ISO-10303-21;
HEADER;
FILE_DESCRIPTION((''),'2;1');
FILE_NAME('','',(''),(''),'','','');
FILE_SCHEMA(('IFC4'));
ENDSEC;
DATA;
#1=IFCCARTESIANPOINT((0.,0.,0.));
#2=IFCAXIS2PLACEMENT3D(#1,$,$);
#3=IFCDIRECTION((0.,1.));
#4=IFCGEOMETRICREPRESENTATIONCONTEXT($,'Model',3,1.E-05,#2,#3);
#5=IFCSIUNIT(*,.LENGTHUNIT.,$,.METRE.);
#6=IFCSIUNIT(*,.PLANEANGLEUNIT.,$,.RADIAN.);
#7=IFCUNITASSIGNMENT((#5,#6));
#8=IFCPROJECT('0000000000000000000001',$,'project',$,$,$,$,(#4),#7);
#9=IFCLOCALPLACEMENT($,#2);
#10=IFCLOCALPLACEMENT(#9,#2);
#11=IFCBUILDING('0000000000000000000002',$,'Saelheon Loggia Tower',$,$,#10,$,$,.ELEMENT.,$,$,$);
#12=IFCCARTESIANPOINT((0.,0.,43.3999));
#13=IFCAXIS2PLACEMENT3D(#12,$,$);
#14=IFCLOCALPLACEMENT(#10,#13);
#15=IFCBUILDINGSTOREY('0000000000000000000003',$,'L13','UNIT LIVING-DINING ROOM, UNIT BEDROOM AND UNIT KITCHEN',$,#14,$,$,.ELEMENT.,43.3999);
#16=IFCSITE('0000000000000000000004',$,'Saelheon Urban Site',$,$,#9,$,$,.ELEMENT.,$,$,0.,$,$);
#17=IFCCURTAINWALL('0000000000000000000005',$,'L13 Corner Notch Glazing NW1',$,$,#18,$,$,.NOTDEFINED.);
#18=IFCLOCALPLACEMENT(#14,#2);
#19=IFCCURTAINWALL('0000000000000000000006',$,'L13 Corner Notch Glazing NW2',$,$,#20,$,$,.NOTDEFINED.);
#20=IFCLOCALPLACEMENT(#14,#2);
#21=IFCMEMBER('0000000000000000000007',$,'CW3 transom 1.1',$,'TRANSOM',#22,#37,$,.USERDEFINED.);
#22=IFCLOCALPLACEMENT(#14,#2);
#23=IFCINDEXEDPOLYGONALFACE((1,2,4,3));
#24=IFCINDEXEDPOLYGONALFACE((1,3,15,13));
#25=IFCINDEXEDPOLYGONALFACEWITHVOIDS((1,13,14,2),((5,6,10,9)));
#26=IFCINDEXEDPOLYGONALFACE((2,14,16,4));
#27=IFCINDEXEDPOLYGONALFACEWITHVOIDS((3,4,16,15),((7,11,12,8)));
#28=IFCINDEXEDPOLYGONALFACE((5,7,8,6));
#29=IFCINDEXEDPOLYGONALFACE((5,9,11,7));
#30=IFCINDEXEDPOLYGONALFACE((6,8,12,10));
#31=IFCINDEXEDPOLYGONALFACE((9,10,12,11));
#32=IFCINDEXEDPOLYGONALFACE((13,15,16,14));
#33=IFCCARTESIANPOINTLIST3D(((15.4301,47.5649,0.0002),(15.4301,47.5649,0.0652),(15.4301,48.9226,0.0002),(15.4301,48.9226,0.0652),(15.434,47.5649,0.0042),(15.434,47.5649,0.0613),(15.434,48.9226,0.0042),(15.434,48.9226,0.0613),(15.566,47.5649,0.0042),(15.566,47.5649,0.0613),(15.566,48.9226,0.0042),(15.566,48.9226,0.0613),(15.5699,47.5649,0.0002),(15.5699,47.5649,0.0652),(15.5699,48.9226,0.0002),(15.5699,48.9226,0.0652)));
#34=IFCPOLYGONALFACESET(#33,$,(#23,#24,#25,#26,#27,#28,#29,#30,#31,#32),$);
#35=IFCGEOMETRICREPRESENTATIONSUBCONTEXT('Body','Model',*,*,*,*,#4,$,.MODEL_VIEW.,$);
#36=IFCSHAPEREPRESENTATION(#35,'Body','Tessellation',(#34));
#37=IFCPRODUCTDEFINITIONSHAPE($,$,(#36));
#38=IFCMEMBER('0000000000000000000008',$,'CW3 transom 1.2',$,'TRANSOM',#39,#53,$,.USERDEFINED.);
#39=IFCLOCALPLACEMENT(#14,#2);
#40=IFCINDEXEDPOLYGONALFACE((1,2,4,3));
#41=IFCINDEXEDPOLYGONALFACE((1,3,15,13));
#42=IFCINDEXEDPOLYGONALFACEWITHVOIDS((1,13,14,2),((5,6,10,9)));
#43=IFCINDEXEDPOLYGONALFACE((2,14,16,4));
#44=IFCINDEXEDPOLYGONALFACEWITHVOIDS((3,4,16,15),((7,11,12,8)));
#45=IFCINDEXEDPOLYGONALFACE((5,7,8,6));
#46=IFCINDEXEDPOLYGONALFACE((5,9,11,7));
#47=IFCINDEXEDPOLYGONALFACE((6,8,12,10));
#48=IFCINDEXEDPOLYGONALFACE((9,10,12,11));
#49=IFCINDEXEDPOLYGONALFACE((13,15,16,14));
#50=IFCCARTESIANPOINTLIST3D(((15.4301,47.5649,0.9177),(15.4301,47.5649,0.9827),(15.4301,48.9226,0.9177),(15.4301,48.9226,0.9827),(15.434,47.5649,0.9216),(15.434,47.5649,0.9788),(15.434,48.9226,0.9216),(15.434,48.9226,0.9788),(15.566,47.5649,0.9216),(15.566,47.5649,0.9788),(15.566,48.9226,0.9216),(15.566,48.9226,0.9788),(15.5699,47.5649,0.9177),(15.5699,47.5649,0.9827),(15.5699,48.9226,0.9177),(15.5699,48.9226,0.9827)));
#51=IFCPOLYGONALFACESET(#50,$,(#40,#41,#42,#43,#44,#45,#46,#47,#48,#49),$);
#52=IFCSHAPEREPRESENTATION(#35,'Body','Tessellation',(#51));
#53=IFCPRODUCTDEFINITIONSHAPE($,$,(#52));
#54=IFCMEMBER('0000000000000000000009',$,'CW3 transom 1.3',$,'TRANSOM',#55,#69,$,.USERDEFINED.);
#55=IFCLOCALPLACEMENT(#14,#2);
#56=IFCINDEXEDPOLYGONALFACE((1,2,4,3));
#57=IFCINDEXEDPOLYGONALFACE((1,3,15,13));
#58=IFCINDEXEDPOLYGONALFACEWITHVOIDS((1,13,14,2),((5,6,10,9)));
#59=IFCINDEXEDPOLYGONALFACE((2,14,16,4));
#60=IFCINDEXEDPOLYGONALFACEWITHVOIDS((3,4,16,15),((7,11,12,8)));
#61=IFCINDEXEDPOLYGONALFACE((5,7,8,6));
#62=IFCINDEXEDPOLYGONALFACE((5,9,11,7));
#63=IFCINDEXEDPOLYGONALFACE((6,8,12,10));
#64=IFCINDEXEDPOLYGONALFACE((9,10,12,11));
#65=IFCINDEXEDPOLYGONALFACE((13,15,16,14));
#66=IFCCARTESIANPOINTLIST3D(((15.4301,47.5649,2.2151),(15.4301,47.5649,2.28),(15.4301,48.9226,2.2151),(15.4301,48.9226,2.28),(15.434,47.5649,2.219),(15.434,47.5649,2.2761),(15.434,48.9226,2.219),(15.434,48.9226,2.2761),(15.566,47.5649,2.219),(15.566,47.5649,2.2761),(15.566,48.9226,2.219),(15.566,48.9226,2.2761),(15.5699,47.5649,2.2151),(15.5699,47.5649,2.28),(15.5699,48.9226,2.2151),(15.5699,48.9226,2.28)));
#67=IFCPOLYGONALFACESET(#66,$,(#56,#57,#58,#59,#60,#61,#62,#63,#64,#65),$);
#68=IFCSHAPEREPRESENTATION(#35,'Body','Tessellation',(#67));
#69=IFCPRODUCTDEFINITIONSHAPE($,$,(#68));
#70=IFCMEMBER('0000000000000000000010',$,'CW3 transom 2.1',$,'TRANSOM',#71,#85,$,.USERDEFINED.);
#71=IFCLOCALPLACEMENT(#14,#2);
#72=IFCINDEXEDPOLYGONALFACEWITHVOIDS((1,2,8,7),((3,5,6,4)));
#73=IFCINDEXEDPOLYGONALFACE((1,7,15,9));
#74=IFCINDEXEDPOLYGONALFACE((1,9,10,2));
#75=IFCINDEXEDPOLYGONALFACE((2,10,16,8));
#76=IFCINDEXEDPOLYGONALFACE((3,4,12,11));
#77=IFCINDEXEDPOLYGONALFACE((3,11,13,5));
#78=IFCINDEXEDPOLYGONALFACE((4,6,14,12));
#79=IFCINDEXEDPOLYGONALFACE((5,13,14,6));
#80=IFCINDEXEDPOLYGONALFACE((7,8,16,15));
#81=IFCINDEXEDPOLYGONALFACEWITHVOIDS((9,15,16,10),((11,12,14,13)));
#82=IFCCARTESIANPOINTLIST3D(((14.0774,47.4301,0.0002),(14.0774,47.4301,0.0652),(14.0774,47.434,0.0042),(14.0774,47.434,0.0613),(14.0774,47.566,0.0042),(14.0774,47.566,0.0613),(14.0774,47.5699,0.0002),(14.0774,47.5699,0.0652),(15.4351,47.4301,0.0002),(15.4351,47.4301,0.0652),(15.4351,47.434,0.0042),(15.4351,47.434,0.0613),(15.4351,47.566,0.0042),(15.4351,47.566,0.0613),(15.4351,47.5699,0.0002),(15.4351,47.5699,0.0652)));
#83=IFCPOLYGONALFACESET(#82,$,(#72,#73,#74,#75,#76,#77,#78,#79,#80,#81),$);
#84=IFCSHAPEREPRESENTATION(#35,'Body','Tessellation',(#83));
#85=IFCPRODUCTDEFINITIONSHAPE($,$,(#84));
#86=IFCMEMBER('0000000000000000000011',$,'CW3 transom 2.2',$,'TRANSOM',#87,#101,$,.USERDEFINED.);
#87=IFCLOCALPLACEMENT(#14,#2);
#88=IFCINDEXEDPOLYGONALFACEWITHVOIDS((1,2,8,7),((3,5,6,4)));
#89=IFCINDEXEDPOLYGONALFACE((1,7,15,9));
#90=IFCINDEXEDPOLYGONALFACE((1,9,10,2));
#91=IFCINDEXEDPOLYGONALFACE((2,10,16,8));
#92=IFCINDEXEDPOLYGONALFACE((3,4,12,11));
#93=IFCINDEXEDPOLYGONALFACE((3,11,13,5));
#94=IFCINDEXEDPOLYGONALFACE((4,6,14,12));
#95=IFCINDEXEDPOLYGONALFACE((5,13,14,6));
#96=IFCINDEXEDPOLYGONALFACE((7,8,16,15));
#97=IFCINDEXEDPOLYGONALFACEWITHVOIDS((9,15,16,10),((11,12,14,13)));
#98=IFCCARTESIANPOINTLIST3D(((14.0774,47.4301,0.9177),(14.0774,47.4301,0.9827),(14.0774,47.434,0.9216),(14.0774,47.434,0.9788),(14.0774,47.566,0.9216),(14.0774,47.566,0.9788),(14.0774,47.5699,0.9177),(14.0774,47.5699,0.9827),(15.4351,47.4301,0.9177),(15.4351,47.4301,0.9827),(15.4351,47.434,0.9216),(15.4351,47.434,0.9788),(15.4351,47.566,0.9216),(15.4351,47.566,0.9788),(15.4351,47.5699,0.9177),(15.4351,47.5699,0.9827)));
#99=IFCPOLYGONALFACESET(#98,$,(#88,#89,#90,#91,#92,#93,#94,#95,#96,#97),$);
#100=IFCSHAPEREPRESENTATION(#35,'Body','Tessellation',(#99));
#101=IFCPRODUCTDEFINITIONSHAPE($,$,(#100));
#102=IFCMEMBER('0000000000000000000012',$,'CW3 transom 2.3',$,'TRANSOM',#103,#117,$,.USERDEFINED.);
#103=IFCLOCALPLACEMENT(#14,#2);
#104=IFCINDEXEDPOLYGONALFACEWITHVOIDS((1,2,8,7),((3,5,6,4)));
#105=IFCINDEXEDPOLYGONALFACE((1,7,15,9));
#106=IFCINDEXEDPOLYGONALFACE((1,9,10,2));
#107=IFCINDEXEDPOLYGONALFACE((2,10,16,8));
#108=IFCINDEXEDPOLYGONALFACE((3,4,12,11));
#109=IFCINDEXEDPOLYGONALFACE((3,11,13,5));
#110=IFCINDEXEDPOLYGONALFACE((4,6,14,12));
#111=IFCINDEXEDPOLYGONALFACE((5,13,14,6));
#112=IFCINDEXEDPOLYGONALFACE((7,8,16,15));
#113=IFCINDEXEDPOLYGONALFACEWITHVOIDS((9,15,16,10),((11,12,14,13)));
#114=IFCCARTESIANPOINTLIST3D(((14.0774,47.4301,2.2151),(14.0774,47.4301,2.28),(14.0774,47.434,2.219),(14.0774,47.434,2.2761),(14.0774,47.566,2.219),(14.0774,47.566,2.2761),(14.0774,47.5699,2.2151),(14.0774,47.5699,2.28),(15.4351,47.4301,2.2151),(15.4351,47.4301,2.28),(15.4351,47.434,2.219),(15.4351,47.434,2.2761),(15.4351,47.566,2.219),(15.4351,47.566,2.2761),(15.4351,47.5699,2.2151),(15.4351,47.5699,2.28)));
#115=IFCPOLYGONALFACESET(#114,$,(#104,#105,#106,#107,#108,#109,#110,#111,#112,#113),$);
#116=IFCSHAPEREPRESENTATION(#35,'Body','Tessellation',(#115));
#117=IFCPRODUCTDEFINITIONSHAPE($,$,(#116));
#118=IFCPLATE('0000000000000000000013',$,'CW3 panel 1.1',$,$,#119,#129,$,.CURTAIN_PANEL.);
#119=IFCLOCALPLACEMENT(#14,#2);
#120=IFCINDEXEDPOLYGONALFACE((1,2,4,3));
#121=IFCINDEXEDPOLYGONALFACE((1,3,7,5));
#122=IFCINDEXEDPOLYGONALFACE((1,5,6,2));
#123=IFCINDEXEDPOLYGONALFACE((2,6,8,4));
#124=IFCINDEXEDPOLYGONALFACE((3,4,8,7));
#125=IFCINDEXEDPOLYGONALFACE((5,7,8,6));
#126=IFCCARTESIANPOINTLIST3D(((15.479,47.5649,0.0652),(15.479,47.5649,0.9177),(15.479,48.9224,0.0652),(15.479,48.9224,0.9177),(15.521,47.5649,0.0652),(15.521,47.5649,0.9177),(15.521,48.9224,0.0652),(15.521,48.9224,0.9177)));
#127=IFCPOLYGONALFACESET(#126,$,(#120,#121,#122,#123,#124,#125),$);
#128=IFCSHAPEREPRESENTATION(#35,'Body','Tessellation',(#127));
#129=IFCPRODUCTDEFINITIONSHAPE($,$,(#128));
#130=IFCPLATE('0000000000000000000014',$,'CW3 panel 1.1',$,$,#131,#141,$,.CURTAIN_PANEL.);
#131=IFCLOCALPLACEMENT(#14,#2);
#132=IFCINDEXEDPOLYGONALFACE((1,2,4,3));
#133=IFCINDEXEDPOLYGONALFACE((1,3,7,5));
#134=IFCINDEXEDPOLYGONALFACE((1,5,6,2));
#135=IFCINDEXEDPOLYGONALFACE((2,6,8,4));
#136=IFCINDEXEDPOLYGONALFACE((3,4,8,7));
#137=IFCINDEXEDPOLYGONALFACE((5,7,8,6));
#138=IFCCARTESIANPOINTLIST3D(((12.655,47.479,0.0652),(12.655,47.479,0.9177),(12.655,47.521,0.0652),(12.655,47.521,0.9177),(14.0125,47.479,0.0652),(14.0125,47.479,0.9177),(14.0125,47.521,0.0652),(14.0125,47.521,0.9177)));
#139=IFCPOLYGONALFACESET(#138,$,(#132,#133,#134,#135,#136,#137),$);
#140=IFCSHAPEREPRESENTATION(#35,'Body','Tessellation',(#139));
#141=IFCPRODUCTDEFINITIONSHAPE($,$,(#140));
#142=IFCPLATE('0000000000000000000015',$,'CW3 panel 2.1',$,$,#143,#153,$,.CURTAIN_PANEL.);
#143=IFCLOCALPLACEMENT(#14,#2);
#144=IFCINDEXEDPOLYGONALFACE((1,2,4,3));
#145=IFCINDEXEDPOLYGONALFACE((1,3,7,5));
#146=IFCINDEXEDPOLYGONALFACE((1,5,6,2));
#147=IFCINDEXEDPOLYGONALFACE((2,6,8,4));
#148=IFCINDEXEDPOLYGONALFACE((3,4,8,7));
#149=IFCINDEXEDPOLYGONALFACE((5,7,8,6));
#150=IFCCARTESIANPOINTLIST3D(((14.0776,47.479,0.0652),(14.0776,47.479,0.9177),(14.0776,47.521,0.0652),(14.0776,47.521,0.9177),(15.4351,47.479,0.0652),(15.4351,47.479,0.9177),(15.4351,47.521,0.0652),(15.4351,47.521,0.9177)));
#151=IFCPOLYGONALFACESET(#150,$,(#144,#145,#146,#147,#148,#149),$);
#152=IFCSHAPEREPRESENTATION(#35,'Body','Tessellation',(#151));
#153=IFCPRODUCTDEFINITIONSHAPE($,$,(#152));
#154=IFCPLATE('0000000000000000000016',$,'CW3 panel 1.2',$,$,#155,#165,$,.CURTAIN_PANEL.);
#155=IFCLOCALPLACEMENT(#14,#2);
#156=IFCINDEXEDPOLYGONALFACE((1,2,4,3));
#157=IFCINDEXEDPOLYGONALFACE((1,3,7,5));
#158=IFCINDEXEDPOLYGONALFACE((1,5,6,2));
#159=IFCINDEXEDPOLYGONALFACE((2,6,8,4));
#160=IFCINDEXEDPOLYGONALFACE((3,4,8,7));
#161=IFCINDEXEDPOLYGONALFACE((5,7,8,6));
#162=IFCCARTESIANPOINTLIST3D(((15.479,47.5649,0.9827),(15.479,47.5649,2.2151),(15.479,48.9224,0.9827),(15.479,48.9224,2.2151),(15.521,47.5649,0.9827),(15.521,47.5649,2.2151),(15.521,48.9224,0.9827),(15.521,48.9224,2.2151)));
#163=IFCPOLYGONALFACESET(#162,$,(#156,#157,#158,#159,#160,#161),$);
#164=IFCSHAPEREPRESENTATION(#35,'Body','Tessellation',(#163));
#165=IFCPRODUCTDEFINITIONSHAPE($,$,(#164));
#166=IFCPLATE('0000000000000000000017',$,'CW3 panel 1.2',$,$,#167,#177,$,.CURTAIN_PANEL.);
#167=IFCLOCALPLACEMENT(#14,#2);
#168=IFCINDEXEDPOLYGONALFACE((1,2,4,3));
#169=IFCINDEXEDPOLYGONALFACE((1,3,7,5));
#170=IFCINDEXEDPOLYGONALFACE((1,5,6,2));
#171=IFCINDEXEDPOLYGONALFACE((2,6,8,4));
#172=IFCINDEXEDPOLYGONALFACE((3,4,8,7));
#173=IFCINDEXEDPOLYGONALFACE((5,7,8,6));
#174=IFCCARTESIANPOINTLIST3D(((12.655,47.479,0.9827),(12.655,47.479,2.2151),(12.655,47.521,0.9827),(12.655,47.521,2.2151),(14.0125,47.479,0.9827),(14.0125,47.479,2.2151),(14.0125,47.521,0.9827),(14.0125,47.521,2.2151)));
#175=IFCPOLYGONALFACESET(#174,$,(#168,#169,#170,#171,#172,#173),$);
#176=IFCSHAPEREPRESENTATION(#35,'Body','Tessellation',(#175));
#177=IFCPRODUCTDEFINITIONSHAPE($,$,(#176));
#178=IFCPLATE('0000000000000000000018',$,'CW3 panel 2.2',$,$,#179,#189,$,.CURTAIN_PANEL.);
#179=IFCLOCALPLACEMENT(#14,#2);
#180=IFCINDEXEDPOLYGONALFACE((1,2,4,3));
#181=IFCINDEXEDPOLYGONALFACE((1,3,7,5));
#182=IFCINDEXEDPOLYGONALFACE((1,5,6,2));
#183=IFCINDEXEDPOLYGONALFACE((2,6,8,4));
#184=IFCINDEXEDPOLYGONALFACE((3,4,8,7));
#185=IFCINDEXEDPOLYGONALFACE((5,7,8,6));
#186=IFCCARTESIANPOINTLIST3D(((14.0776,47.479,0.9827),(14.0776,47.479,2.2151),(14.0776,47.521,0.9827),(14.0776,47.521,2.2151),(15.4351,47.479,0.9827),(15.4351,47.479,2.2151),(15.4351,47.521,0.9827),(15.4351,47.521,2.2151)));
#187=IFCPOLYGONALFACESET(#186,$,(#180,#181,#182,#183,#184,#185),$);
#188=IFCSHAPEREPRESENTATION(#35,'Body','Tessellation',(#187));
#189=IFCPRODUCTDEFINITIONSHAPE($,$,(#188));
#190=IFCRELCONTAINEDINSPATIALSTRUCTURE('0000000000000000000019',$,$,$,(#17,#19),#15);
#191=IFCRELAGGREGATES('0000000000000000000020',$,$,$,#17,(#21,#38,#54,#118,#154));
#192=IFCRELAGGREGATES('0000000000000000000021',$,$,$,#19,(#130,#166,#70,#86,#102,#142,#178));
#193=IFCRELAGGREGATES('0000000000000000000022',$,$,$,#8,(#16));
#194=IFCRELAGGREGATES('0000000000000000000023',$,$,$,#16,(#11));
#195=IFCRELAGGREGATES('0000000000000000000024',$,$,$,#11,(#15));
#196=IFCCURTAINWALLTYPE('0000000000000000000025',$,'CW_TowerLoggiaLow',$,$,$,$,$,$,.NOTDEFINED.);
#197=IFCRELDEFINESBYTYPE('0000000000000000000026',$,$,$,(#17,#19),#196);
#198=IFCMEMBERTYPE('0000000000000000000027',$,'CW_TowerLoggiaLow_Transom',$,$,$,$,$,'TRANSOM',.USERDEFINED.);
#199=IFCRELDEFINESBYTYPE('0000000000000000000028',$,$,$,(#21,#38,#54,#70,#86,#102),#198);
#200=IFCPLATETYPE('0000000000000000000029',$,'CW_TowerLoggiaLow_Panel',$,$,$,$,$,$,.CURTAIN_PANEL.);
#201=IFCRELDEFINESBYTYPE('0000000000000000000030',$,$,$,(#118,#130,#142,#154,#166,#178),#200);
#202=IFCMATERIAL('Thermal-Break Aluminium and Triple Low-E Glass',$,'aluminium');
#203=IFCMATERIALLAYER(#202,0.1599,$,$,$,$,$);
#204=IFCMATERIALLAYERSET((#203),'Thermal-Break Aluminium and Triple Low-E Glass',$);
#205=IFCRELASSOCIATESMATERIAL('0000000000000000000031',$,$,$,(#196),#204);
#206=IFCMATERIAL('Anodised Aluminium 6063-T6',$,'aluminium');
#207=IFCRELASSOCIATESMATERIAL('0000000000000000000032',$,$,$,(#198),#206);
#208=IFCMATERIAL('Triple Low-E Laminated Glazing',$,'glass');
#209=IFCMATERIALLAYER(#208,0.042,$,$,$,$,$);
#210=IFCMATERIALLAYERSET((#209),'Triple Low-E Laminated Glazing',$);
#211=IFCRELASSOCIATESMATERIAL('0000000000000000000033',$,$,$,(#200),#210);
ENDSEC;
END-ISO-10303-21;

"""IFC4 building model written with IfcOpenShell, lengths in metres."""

from ifc_helpers import new_model, si_unit, direction, frame, origin, origin_2d, place, context, subcontext, project, spatial, rectangle, hollow_rectangle, extrude, source, transform, mapped, material, layer, layer_set, material_profile, profile_set, type_object, element, aggregate, save


model = new_model("IFC4")

# Units and contexts
model_context = context("Model", 3, precision=1e-05, world=origin(), true_north=direction((0.0, 1.0)))
body_context = subcontext(model_context, "Body", "Model", "MODEL_VIEW")
ifc_project = project(units=[si_unit("LENGTHUNIT", "METRE"), si_unit("PLANEANGLEUNIT", "RADIAN")], contexts=[model_context])

# Site, building, storey
site_placement = place(None, origin())
site = spatial("IfcSite", under=ifc_project, at=site_placement, Name="Saelheon Urban Site", CompositionType="ELEMENT", RefElevation=0.0)
building_placement = place(site_placement, origin())
building = spatial("IfcBuilding", under=site, at=building_placement, Name="Saelheon Loggia Tower", CompositionType="ELEMENT")
storey_placement = place(building_placement, frame((0.0, 0.0, 43.3999)))
storey = spatial("IfcBuildingStorey", under=building, at=storey_placement, Name="L13", Description="UNIT LIVING-DINING ROOM, UNIT BEDROOM AND UNIT KITCHEN", CompositionType="ELEMENT", Elevation=43.3999)

# Curtain walls
ifc_material_1 = material(Name="Thermal-Break Aluminium and Triple Low-E Glass", Category="aluminium")
ifc_layer_1 = layer(ifc_material_1, 0.1599)
ifc_layer_set_1 = layer_set([ifc_layer_1], Name="Thermal-Break Aluminium and Triple Low-E Glass")
curtain_wall_type = type_object("IfcCurtainWallType", Name="CW_TowerLoggiaLow", PredefinedType="NOTDEFINED", material=ifc_layer_set_1)
curtain_wall_1_placement = place(storey_placement, origin())
curtain_wall_1 = element("IfcCurtainWall", 1, at=curtain_wall_1_placement, inside=storey, type_object=curtain_wall_type, Name="L13 Corner Notch Glazing NW1", PredefinedType="NOTDEFINED")
ifc_material_2 = material(Name="Anodised Aluminium 6063-T6", Category="aluminium")
curtain_wall_2_placement = place(storey_placement, origin())
curtain_wall_2 = element("IfcCurtainWall", 2, at=curtain_wall_2_placement, inside=storey, type_object=curtain_wall_type, Name="L13 Corner Notch Glazing NW2", PredefinedType="NOTDEFINED")

# Members
ifc_material_profile_1 = material_profile(ifc_material_2, hollow_rectangle(XDim=0.0649, YDim=0.1399, WallThickness=0.0039, at=origin_2d()), Name="RHS-140x65x4")
ifc_profile_set_1 = profile_set([ifc_material_profile_1], Name="Anodised Aluminium 6063-T6")
member_type_1 = type_object("IfcMemberType", Name="CW_TowerLoggiaLow_Transom", ElementType="TRANSOM", PredefinedType="USERDEFINED", material=ifc_profile_set_1)
shared_shape_1 = source(origin(), body_context, "Body", "SweptSolid", [
    extrude(hollow_rectangle(XDim=0.0649, YDim=0.1399, WallThickness=0.0039, at=origin_2d()), origin(), (0.0, 0.0, 1.0), 1.3577),
])
member_1_placement = place(storey_placement, frame((15.5, 47.5649, 0.0327), z_axis=(0.0, 1.0, 0.0), x_axis=(0.0, 0.0, 1.0)))
member_1 = element("IfcMember", 3, at=member_1_placement, type_object=member_type_1, Name="CW3 transom 1.1", ObjectType="TRANSOM", PredefinedType="USERDEFINED", context=body_context, shape_type="MappedRepresentation", body=[
    mapped(shared_shape_1, transform((0.0, 0.0, 0.0), scale=1.0)),
])
member_2_placement = place(storey_placement, frame((15.5, 47.5649, 0.9502), z_axis=(0.0, 1.0, 0.0), x_axis=(0.0, 0.0, 1.0)))
member_2 = element("IfcMember", 4, at=member_2_placement, type_object=member_type_1, Name="CW3 transom 1.2", ObjectType="TRANSOM", PredefinedType="USERDEFINED", context=body_context, shape_type="MappedRepresentation", body=[
    mapped(shared_shape_1, transform((0.0, 0.0, 0.0), scale=1.0)),
])
member_3_placement = place(storey_placement, frame((15.5, 47.5649, 2.2476), z_axis=(0.0, 1.0, 0.0), x_axis=(0.0, 0.0, 1.0)))
member_3 = element("IfcMember", 5, at=member_3_placement, type_object=member_type_1, Name="CW3 transom 1.3", ObjectType="TRANSOM", PredefinedType="USERDEFINED", context=body_context, shape_type="MappedRepresentation", body=[
    mapped(shared_shape_1, transform((0.0, 0.0, 0.0), scale=1.0)),
])
member_4_placement = place(storey_placement, frame((14.0774, 47.5, 0.0327), z_axis=(1.0, 0.0, 0.0), x_axis=(0.0, 0.0, 1.0)))
member_4 = element("IfcMember", 6, at=member_4_placement, type_object=member_type_1, Name="CW3 transom 2.1", ObjectType="TRANSOM", PredefinedType="USERDEFINED", context=body_context, shape_type="MappedRepresentation", body=[
    mapped(shared_shape_1, transform((0.0, 0.0, 0.0), scale=1.0)),
])
member_5_placement = place(storey_placement, frame((14.0774, 47.5, 0.9502), z_axis=(1.0, 0.0, 0.0), x_axis=(0.0, 0.0, 1.0)))
member_5 = element("IfcMember", 7, at=member_5_placement, type_object=member_type_1, Name="CW3 transom 2.2", ObjectType="TRANSOM", PredefinedType="USERDEFINED", context=body_context, shape_type="MappedRepresentation", body=[
    mapped(shared_shape_1, transform((0.0, 0.0, 0.0), scale=1.0)),
])
member_6_placement = place(storey_placement, frame((14.0774, 47.5, 2.2476), z_axis=(1.0, 0.0, 0.0), x_axis=(0.0, 0.0, 1.0)))
member_6 = element("IfcMember", 8, at=member_6_placement, type_object=member_type_1, Name="CW3 transom 2.3", ObjectType="TRANSOM", PredefinedType="USERDEFINED", context=body_context, shape_type="MappedRepresentation", body=[
    mapped(shared_shape_1, transform((0.0, 0.0, 0.0), scale=1.0)),
])

# Plates
ifc_material_3 = material(Name="Triple Low-E Laminated Glazing", Category="glass")
ifc_layer_2 = layer(ifc_material_3, 0.042)
ifc_layer_set_2 = layer_set([ifc_layer_2], Name="Triple Low-E Laminated Glazing")
plate_type = type_object("IfcPlateType", Name="CW_TowerLoggiaLow_Panel", PredefinedType="CURTAIN_PANEL", material=ifc_layer_set_2)
shared_shape_2 = source(origin(), body_context, "Body", "SweptSolid", [
    extrude(rectangle(XDim=1.3574, YDim=0.042, at=origin_2d()), origin(), (0.0, 0.0, 1.0), 0.8525),
])
plate_1_placement = place(storey_placement, frame((15.5, 48.2437, 0.0652), z_axis=(0.0, 0.0, 1.0), x_axis=(0.0, 1.0, 0.0)))
plate_1 = element("IfcPlate", 9, at=plate_1_placement, type_object=plate_type, Name="CW3 panel 1.1", PredefinedType="CURTAIN_PANEL", context=body_context, shape_type="MappedRepresentation", body=[
    mapped(shared_shape_2, transform((0.0, 0.0, 0.0), scale=1.0)),
])
plate_2_placement = place(storey_placement, frame((13.3337, 47.5, 0.0652), z_axis=(0.0, 0.0, 1.0), x_axis=(1.0, 0.0, 0.0)))
plate_2 = element("IfcPlate", 10, at=plate_2_placement, type_object=plate_type, Name="CW3 panel 1.1", PredefinedType="CURTAIN_PANEL", context=body_context, shape_type="MappedRepresentation", body=[
    mapped(shared_shape_2, transform((0.0, 0.0, 0.0), scale=1.0)),
])
plate_3_placement = place(storey_placement, frame((14.7563, 47.5, 0.0652), z_axis=(0.0, 0.0, 1.0), x_axis=(1.0, 0.0, 0.0)))
plate_3 = element("IfcPlate", 11, at=plate_3_placement, type_object=plate_type, Name="CW3 panel 2.1", PredefinedType="CURTAIN_PANEL", context=body_context, shape_type="MappedRepresentation", body=[
    mapped(shared_shape_2, transform((0.0, 0.0, 0.0), scale=1.0)),
])
shared_shape_3 = source(origin(), body_context, "Body", "SweptSolid", [
    extrude(rectangle(XDim=1.3574, YDim=0.042, at=origin_2d()), origin(), (0.0, 0.0, 1.0), 1.2324),
])
plate_4_placement = place(storey_placement, frame((15.5, 48.2437, 0.9827), z_axis=(0.0, 0.0, 1.0), x_axis=(0.0, 1.0, 0.0)))
plate_4 = element("IfcPlate", 12, at=plate_4_placement, type_object=plate_type, Name="CW3 panel 1.2", PredefinedType="CURTAIN_PANEL", context=body_context, shape_type="MappedRepresentation", body=[
    mapped(shared_shape_3, transform((0.0, 0.0, 0.0), scale=1.0)),
])
aggregate(curtain_wall_1, [member_1, member_2, member_3, plate_1, plate_4])
plate_5_placement = place(storey_placement, frame((13.3337, 47.5, 0.9827), z_axis=(0.0, 0.0, 1.0), x_axis=(1.0, 0.0, 0.0)))
plate_5 = element("IfcPlate", 13, at=plate_5_placement, type_object=plate_type, Name="CW3 panel 1.2", PredefinedType="CURTAIN_PANEL", context=body_context, shape_type="MappedRepresentation", body=[
    mapped(shared_shape_3, transform((0.0, 0.0, 0.0), scale=1.0)),
])
plate_6_placement = place(storey_placement, frame((14.7563, 47.5, 0.9827), z_axis=(0.0, 0.0, 1.0), x_axis=(1.0, 0.0, 0.0)))
plate_6 = element("IfcPlate", 14, at=plate_6_placement, type_object=plate_type, Name="CW3 panel 2.2", PredefinedType="CURTAIN_PANEL", context=body_context, shape_type="MappedRepresentation", body=[
    mapped(shared_shape_3, transform((0.0, 0.0, 0.0), scale=1.0)),
])
aggregate(curtain_wall_2, [plate_2, plate_5, member_4, member_5, member_6, plate_3, plate_6])

save(model, "model.ifc")
